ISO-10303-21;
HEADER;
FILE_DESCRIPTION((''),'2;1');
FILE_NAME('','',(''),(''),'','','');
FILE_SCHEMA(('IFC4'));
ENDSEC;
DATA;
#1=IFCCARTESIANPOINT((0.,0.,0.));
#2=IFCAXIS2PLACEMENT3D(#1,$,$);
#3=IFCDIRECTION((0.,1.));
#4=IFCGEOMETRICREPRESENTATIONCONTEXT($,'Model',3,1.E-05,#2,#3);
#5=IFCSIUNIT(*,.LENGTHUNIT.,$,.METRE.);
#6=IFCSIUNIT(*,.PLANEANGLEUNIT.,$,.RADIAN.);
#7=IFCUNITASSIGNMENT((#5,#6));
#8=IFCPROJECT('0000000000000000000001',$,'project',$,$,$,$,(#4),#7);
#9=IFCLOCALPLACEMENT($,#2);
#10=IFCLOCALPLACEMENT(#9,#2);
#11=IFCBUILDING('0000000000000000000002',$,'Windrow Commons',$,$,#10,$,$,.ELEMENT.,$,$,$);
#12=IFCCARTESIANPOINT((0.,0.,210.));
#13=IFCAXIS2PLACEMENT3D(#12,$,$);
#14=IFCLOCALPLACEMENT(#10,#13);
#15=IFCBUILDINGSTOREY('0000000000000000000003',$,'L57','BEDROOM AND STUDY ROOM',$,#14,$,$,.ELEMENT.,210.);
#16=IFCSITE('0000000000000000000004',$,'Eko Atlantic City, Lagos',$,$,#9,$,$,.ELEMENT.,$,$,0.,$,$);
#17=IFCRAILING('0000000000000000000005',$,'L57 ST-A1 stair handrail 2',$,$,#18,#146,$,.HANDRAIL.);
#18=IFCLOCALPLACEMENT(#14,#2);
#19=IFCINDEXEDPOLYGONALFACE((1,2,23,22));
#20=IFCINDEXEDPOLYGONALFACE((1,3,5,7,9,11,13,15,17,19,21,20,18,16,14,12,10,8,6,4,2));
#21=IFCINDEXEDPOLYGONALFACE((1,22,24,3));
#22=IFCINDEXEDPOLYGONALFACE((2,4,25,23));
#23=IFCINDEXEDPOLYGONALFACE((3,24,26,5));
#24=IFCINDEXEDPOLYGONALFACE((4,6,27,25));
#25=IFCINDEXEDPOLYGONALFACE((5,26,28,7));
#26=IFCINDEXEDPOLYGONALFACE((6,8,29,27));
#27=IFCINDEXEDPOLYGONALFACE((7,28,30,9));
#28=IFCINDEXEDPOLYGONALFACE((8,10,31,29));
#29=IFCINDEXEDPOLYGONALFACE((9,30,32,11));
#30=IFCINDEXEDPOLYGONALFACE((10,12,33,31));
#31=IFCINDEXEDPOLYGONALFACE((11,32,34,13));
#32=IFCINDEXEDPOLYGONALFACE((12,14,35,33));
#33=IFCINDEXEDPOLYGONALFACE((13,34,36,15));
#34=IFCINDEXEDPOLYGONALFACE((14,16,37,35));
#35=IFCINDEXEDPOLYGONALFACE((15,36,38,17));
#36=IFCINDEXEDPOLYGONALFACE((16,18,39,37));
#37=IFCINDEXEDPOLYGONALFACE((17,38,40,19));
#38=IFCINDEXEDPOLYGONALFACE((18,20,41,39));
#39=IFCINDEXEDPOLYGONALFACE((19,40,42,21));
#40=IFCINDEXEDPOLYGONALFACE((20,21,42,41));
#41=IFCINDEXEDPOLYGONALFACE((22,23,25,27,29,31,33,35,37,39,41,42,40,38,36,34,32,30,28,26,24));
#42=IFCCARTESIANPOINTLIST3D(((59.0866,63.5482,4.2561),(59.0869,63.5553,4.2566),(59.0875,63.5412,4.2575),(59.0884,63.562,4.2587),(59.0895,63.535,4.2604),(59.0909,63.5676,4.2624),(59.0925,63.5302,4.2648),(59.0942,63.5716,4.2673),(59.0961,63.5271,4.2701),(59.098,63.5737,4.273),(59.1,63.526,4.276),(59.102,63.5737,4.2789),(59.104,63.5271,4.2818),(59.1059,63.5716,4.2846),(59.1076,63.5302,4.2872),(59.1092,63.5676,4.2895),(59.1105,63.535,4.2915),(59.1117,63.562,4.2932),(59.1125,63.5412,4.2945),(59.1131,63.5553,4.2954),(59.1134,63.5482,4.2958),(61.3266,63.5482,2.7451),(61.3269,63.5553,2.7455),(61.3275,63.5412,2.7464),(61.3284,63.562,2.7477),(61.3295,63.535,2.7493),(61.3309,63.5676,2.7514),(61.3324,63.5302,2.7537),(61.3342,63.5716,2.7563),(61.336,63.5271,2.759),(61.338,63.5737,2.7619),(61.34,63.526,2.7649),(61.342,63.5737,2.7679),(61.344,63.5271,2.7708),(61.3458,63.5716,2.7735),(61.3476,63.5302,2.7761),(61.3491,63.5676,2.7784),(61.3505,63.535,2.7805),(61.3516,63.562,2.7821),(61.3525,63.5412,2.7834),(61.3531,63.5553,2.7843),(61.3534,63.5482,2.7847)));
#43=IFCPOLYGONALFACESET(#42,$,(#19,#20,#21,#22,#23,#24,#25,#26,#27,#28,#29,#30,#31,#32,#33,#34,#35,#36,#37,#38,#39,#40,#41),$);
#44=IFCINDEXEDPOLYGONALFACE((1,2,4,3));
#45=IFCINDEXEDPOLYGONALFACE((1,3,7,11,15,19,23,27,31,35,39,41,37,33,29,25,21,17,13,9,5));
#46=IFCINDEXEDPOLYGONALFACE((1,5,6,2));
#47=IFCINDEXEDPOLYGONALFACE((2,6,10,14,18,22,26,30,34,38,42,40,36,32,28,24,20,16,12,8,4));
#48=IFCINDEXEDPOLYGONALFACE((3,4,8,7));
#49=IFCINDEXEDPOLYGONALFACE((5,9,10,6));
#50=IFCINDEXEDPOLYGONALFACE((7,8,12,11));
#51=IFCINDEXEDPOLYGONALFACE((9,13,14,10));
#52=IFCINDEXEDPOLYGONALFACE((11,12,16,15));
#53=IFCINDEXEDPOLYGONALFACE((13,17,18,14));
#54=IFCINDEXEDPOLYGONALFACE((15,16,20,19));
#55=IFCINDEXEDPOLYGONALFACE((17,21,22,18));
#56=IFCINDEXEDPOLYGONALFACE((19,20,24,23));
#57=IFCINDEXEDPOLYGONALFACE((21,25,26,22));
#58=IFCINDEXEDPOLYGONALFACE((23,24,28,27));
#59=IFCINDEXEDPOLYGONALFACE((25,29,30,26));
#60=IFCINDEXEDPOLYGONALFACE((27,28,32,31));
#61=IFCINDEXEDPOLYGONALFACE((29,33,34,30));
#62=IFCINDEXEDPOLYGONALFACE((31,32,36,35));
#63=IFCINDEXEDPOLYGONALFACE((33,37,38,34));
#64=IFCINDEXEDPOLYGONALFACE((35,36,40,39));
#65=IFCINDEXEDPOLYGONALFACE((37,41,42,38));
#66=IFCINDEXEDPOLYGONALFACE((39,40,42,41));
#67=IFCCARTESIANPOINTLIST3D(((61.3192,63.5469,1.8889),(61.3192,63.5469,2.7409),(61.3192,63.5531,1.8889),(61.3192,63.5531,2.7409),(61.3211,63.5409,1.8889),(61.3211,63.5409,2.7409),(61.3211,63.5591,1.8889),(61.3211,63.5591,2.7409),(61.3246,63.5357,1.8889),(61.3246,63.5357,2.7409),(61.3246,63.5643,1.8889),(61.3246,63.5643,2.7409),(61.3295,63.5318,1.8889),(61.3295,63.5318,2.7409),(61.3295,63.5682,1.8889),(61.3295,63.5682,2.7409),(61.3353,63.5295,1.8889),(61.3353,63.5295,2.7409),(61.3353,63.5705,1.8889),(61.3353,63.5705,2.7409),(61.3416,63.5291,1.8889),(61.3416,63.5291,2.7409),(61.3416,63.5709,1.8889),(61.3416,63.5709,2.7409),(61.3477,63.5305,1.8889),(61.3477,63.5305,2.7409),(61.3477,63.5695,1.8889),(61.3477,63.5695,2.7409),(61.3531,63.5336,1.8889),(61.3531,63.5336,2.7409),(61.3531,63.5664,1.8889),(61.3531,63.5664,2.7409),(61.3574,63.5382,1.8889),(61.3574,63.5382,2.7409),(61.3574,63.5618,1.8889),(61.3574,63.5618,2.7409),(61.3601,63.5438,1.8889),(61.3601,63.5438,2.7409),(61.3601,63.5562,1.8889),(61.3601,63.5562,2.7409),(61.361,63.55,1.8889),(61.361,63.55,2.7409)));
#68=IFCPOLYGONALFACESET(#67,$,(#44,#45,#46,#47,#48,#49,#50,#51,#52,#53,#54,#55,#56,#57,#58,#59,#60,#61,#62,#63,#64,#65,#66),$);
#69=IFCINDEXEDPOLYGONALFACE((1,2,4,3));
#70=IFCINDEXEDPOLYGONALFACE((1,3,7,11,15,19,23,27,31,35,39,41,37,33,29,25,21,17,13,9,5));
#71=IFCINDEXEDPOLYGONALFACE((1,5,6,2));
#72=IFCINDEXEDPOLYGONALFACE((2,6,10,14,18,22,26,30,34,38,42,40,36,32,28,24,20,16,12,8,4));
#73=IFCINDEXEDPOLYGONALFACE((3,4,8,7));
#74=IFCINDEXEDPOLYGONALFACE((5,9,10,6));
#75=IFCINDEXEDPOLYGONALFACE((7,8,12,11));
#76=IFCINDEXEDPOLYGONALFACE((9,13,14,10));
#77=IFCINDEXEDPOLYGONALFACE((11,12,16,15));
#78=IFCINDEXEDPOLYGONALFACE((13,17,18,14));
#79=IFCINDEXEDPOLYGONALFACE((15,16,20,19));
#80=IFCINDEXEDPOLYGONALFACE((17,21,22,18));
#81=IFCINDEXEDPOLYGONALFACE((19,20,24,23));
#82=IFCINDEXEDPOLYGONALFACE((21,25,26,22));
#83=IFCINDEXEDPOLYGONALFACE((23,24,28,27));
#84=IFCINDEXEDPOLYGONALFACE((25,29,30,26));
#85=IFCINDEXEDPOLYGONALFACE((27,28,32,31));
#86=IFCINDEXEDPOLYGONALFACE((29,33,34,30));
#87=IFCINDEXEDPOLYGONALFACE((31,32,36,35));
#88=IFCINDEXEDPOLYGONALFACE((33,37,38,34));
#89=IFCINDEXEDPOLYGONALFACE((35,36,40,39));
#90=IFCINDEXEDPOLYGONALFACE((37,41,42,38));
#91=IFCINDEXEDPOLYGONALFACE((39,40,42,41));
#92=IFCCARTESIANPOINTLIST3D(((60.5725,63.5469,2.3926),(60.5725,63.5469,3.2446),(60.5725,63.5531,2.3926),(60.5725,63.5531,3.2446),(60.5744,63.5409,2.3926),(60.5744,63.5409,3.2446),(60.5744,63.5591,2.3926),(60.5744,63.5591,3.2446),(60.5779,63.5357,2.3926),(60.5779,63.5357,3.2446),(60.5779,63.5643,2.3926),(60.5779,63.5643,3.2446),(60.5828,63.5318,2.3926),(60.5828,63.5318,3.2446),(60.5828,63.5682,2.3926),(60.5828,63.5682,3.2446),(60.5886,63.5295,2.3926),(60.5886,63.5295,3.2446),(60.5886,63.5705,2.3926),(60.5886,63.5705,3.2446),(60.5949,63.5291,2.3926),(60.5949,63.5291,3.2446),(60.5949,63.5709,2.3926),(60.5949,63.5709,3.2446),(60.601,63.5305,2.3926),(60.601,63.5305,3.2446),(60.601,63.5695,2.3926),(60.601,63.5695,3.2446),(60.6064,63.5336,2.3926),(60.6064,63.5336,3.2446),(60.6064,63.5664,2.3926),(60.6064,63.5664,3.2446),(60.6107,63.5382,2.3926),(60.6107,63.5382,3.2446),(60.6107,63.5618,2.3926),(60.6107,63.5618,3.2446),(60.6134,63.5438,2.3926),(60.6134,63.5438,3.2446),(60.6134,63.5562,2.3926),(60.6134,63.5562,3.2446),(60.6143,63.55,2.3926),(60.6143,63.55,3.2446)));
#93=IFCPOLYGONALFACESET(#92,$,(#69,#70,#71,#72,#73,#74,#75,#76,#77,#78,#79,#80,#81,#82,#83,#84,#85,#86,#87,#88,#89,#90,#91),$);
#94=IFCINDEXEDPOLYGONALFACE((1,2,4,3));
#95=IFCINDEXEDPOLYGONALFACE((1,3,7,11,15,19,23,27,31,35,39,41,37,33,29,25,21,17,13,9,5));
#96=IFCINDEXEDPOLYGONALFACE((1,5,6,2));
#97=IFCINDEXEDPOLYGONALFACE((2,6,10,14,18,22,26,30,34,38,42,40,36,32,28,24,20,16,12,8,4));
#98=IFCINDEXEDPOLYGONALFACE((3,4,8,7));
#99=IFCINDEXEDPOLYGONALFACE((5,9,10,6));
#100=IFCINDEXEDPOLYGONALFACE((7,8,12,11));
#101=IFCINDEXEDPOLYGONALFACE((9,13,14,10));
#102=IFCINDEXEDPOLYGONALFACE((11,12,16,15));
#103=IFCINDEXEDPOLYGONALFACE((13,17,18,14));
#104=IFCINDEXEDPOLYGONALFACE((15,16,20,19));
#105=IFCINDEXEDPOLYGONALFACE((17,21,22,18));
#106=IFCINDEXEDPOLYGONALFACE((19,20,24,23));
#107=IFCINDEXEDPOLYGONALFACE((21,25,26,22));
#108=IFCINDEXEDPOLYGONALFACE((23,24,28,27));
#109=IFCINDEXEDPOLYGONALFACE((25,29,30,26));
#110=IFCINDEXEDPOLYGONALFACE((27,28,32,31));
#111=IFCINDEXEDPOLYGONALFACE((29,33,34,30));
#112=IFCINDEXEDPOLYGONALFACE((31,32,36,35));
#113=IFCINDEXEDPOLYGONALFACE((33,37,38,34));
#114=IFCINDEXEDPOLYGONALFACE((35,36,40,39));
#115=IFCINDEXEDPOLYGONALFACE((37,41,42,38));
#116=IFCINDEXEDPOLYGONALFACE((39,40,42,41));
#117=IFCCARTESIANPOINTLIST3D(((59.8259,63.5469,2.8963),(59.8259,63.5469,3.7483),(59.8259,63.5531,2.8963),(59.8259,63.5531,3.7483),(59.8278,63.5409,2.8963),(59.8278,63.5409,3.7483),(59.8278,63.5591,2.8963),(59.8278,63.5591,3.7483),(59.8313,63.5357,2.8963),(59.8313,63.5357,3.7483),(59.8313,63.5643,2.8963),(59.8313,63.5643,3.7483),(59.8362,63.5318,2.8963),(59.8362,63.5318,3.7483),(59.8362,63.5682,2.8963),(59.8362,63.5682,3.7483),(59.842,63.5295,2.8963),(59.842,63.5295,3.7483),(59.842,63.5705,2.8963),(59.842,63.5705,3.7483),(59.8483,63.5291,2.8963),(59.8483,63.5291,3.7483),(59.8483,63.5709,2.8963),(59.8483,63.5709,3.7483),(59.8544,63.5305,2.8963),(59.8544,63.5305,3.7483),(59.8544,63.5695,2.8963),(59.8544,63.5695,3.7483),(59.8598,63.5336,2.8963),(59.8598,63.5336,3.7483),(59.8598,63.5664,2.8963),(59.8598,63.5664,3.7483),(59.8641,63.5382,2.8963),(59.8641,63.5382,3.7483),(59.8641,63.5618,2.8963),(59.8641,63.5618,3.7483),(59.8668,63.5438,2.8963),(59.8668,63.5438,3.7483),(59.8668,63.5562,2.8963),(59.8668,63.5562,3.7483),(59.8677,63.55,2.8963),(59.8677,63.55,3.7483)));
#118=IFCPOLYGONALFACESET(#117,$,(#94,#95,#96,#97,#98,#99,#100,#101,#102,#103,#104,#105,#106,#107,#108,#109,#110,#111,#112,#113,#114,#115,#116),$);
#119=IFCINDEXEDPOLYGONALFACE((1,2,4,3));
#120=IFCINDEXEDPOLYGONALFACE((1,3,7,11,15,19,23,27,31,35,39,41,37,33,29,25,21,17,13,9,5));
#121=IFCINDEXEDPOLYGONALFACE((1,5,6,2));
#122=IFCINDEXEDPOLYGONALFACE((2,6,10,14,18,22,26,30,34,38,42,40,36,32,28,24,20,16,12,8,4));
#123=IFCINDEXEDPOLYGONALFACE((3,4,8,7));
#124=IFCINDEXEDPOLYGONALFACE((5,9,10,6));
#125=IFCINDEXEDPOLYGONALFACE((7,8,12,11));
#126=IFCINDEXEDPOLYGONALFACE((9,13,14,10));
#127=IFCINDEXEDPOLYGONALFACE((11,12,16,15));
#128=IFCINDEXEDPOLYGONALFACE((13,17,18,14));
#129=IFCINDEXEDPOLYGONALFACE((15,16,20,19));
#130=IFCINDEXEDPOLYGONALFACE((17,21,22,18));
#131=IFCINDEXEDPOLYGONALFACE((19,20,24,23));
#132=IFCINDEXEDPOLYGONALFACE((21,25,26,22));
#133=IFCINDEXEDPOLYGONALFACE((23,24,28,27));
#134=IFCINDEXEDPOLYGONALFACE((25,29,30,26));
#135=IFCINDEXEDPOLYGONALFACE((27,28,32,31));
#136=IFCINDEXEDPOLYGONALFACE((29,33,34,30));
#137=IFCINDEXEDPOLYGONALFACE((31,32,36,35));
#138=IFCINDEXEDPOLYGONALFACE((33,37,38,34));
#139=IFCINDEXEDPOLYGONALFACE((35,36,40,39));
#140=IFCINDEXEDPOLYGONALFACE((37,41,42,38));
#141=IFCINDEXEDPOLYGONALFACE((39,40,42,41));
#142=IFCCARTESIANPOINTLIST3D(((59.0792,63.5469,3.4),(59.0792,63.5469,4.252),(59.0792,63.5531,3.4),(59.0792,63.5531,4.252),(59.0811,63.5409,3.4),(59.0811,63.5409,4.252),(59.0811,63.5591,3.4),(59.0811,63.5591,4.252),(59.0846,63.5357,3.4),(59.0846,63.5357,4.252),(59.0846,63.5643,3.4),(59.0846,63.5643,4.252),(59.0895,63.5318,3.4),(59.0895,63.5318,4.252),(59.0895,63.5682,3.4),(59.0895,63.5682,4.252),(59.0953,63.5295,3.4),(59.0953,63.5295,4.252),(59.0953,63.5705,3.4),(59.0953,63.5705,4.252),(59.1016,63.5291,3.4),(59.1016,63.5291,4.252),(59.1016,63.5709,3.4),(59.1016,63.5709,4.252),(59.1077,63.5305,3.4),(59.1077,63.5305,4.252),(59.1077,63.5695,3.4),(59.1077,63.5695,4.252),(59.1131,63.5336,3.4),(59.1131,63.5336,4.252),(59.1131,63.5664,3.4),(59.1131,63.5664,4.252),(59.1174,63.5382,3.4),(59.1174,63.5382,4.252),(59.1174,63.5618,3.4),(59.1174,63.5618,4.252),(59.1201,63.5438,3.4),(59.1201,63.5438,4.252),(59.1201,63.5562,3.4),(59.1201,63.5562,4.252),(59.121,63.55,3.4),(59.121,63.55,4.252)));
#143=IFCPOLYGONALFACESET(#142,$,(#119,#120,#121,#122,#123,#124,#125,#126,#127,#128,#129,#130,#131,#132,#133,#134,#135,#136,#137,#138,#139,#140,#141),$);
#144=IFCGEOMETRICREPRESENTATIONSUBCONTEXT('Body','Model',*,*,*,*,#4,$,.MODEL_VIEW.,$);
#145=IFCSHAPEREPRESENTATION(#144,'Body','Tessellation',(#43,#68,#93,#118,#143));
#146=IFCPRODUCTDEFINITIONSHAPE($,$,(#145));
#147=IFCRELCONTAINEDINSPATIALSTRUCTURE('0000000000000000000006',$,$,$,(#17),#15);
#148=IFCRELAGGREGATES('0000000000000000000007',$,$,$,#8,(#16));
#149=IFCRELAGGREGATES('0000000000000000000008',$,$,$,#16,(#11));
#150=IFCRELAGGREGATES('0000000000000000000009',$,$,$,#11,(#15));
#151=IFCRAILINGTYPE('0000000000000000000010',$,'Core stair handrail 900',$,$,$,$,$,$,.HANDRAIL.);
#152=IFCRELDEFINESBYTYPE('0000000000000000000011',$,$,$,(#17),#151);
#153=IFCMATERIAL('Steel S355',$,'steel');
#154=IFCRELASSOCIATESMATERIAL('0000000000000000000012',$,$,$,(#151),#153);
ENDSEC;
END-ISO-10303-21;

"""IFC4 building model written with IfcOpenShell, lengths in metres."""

from ifc_helpers import new_model, si_unit, direction, frame, origin, origin_2d, place, context, subcontext, project, spatial, circle, extrude, material, type_object, element, save


model = new_model("IFC4")

# Units and contexts
model_context = context("Model", 3, precision=1e-05, world=origin(), true_north=direction((0.0, 1.0)))
body_context = subcontext(model_context, "Body", "Model", "MODEL_VIEW")
ifc_project = project(units=[si_unit("LENGTHUNIT", "METRE"), si_unit("PLANEANGLEUNIT", "RADIAN")], contexts=[model_context])

# Site, building, storey
site_placement = place(None, origin())
site = spatial("IfcSite", under=ifc_project, at=site_placement, Name="Eko Atlantic City, Lagos", CompositionType="ELEMENT", RefElevation=0.0)
building_placement = place(site_placement, origin())
building = spatial("IfcBuilding", under=site, at=building_placement, Name="Windrow Commons", CompositionType="ELEMENT")
storey_placement = place(building_placement, frame((0.0, 0.0, 210.0)))
storey = spatial("IfcBuildingStorey", under=building, at=storey_placement, Name="L57", Description="BEDROOM AND STUDY ROOM", CompositionType="ELEMENT", Elevation=210.0)

# Railing
ifc_material_1 = material(Name="Steel S355", Category="steel")
railing_type_1 = type_object("IfcRailingType", Name="Core stair handrail 900", PredefinedType="HANDRAIL", material=ifc_material_1)
railing_1_placement = place(storey_placement, frame((61.34, 63.55, 1.8889)))
element("IfcRailing", 1, at=railing_1_placement, inside=storey, type_object=railing_type_1, Name="L57 ST-A1 stair handrail 2", PredefinedType="HANDRAIL", context=body_context, shape_type="SweptSolid", body=[
    extrude(circle(Radius=0.024, at=origin_2d()), frame((0.0, 0.0, 0.876), z_axis=(-0.829003, 0.0, 0.559244), x_axis=(0.0, -1.0, 0.0)), (0.0, 0.0, 1.0), 2.702),
    extrude(circle(Radius=0.021, at=origin_2d()), origin(), (0.0, 0.0, 1.0), 0.852),
    extrude(circle(Radius=0.021, at=origin_2d()), frame((-0.7467, 0.0, 0.5037)), (0.0, 0.0, 1.0), 0.852),
    extrude(circle(Radius=0.021, at=origin_2d()), frame((-1.4933, 0.0, 1.0074)), (0.0, 0.0, 1.0), 0.852),
    extrude(circle(Radius=0.021, at=origin_2d()), frame((-2.24, 0.0, 1.5111)), (0.0, 0.0, 1.0), 0.852),
])

save(model, "model.ifc")
